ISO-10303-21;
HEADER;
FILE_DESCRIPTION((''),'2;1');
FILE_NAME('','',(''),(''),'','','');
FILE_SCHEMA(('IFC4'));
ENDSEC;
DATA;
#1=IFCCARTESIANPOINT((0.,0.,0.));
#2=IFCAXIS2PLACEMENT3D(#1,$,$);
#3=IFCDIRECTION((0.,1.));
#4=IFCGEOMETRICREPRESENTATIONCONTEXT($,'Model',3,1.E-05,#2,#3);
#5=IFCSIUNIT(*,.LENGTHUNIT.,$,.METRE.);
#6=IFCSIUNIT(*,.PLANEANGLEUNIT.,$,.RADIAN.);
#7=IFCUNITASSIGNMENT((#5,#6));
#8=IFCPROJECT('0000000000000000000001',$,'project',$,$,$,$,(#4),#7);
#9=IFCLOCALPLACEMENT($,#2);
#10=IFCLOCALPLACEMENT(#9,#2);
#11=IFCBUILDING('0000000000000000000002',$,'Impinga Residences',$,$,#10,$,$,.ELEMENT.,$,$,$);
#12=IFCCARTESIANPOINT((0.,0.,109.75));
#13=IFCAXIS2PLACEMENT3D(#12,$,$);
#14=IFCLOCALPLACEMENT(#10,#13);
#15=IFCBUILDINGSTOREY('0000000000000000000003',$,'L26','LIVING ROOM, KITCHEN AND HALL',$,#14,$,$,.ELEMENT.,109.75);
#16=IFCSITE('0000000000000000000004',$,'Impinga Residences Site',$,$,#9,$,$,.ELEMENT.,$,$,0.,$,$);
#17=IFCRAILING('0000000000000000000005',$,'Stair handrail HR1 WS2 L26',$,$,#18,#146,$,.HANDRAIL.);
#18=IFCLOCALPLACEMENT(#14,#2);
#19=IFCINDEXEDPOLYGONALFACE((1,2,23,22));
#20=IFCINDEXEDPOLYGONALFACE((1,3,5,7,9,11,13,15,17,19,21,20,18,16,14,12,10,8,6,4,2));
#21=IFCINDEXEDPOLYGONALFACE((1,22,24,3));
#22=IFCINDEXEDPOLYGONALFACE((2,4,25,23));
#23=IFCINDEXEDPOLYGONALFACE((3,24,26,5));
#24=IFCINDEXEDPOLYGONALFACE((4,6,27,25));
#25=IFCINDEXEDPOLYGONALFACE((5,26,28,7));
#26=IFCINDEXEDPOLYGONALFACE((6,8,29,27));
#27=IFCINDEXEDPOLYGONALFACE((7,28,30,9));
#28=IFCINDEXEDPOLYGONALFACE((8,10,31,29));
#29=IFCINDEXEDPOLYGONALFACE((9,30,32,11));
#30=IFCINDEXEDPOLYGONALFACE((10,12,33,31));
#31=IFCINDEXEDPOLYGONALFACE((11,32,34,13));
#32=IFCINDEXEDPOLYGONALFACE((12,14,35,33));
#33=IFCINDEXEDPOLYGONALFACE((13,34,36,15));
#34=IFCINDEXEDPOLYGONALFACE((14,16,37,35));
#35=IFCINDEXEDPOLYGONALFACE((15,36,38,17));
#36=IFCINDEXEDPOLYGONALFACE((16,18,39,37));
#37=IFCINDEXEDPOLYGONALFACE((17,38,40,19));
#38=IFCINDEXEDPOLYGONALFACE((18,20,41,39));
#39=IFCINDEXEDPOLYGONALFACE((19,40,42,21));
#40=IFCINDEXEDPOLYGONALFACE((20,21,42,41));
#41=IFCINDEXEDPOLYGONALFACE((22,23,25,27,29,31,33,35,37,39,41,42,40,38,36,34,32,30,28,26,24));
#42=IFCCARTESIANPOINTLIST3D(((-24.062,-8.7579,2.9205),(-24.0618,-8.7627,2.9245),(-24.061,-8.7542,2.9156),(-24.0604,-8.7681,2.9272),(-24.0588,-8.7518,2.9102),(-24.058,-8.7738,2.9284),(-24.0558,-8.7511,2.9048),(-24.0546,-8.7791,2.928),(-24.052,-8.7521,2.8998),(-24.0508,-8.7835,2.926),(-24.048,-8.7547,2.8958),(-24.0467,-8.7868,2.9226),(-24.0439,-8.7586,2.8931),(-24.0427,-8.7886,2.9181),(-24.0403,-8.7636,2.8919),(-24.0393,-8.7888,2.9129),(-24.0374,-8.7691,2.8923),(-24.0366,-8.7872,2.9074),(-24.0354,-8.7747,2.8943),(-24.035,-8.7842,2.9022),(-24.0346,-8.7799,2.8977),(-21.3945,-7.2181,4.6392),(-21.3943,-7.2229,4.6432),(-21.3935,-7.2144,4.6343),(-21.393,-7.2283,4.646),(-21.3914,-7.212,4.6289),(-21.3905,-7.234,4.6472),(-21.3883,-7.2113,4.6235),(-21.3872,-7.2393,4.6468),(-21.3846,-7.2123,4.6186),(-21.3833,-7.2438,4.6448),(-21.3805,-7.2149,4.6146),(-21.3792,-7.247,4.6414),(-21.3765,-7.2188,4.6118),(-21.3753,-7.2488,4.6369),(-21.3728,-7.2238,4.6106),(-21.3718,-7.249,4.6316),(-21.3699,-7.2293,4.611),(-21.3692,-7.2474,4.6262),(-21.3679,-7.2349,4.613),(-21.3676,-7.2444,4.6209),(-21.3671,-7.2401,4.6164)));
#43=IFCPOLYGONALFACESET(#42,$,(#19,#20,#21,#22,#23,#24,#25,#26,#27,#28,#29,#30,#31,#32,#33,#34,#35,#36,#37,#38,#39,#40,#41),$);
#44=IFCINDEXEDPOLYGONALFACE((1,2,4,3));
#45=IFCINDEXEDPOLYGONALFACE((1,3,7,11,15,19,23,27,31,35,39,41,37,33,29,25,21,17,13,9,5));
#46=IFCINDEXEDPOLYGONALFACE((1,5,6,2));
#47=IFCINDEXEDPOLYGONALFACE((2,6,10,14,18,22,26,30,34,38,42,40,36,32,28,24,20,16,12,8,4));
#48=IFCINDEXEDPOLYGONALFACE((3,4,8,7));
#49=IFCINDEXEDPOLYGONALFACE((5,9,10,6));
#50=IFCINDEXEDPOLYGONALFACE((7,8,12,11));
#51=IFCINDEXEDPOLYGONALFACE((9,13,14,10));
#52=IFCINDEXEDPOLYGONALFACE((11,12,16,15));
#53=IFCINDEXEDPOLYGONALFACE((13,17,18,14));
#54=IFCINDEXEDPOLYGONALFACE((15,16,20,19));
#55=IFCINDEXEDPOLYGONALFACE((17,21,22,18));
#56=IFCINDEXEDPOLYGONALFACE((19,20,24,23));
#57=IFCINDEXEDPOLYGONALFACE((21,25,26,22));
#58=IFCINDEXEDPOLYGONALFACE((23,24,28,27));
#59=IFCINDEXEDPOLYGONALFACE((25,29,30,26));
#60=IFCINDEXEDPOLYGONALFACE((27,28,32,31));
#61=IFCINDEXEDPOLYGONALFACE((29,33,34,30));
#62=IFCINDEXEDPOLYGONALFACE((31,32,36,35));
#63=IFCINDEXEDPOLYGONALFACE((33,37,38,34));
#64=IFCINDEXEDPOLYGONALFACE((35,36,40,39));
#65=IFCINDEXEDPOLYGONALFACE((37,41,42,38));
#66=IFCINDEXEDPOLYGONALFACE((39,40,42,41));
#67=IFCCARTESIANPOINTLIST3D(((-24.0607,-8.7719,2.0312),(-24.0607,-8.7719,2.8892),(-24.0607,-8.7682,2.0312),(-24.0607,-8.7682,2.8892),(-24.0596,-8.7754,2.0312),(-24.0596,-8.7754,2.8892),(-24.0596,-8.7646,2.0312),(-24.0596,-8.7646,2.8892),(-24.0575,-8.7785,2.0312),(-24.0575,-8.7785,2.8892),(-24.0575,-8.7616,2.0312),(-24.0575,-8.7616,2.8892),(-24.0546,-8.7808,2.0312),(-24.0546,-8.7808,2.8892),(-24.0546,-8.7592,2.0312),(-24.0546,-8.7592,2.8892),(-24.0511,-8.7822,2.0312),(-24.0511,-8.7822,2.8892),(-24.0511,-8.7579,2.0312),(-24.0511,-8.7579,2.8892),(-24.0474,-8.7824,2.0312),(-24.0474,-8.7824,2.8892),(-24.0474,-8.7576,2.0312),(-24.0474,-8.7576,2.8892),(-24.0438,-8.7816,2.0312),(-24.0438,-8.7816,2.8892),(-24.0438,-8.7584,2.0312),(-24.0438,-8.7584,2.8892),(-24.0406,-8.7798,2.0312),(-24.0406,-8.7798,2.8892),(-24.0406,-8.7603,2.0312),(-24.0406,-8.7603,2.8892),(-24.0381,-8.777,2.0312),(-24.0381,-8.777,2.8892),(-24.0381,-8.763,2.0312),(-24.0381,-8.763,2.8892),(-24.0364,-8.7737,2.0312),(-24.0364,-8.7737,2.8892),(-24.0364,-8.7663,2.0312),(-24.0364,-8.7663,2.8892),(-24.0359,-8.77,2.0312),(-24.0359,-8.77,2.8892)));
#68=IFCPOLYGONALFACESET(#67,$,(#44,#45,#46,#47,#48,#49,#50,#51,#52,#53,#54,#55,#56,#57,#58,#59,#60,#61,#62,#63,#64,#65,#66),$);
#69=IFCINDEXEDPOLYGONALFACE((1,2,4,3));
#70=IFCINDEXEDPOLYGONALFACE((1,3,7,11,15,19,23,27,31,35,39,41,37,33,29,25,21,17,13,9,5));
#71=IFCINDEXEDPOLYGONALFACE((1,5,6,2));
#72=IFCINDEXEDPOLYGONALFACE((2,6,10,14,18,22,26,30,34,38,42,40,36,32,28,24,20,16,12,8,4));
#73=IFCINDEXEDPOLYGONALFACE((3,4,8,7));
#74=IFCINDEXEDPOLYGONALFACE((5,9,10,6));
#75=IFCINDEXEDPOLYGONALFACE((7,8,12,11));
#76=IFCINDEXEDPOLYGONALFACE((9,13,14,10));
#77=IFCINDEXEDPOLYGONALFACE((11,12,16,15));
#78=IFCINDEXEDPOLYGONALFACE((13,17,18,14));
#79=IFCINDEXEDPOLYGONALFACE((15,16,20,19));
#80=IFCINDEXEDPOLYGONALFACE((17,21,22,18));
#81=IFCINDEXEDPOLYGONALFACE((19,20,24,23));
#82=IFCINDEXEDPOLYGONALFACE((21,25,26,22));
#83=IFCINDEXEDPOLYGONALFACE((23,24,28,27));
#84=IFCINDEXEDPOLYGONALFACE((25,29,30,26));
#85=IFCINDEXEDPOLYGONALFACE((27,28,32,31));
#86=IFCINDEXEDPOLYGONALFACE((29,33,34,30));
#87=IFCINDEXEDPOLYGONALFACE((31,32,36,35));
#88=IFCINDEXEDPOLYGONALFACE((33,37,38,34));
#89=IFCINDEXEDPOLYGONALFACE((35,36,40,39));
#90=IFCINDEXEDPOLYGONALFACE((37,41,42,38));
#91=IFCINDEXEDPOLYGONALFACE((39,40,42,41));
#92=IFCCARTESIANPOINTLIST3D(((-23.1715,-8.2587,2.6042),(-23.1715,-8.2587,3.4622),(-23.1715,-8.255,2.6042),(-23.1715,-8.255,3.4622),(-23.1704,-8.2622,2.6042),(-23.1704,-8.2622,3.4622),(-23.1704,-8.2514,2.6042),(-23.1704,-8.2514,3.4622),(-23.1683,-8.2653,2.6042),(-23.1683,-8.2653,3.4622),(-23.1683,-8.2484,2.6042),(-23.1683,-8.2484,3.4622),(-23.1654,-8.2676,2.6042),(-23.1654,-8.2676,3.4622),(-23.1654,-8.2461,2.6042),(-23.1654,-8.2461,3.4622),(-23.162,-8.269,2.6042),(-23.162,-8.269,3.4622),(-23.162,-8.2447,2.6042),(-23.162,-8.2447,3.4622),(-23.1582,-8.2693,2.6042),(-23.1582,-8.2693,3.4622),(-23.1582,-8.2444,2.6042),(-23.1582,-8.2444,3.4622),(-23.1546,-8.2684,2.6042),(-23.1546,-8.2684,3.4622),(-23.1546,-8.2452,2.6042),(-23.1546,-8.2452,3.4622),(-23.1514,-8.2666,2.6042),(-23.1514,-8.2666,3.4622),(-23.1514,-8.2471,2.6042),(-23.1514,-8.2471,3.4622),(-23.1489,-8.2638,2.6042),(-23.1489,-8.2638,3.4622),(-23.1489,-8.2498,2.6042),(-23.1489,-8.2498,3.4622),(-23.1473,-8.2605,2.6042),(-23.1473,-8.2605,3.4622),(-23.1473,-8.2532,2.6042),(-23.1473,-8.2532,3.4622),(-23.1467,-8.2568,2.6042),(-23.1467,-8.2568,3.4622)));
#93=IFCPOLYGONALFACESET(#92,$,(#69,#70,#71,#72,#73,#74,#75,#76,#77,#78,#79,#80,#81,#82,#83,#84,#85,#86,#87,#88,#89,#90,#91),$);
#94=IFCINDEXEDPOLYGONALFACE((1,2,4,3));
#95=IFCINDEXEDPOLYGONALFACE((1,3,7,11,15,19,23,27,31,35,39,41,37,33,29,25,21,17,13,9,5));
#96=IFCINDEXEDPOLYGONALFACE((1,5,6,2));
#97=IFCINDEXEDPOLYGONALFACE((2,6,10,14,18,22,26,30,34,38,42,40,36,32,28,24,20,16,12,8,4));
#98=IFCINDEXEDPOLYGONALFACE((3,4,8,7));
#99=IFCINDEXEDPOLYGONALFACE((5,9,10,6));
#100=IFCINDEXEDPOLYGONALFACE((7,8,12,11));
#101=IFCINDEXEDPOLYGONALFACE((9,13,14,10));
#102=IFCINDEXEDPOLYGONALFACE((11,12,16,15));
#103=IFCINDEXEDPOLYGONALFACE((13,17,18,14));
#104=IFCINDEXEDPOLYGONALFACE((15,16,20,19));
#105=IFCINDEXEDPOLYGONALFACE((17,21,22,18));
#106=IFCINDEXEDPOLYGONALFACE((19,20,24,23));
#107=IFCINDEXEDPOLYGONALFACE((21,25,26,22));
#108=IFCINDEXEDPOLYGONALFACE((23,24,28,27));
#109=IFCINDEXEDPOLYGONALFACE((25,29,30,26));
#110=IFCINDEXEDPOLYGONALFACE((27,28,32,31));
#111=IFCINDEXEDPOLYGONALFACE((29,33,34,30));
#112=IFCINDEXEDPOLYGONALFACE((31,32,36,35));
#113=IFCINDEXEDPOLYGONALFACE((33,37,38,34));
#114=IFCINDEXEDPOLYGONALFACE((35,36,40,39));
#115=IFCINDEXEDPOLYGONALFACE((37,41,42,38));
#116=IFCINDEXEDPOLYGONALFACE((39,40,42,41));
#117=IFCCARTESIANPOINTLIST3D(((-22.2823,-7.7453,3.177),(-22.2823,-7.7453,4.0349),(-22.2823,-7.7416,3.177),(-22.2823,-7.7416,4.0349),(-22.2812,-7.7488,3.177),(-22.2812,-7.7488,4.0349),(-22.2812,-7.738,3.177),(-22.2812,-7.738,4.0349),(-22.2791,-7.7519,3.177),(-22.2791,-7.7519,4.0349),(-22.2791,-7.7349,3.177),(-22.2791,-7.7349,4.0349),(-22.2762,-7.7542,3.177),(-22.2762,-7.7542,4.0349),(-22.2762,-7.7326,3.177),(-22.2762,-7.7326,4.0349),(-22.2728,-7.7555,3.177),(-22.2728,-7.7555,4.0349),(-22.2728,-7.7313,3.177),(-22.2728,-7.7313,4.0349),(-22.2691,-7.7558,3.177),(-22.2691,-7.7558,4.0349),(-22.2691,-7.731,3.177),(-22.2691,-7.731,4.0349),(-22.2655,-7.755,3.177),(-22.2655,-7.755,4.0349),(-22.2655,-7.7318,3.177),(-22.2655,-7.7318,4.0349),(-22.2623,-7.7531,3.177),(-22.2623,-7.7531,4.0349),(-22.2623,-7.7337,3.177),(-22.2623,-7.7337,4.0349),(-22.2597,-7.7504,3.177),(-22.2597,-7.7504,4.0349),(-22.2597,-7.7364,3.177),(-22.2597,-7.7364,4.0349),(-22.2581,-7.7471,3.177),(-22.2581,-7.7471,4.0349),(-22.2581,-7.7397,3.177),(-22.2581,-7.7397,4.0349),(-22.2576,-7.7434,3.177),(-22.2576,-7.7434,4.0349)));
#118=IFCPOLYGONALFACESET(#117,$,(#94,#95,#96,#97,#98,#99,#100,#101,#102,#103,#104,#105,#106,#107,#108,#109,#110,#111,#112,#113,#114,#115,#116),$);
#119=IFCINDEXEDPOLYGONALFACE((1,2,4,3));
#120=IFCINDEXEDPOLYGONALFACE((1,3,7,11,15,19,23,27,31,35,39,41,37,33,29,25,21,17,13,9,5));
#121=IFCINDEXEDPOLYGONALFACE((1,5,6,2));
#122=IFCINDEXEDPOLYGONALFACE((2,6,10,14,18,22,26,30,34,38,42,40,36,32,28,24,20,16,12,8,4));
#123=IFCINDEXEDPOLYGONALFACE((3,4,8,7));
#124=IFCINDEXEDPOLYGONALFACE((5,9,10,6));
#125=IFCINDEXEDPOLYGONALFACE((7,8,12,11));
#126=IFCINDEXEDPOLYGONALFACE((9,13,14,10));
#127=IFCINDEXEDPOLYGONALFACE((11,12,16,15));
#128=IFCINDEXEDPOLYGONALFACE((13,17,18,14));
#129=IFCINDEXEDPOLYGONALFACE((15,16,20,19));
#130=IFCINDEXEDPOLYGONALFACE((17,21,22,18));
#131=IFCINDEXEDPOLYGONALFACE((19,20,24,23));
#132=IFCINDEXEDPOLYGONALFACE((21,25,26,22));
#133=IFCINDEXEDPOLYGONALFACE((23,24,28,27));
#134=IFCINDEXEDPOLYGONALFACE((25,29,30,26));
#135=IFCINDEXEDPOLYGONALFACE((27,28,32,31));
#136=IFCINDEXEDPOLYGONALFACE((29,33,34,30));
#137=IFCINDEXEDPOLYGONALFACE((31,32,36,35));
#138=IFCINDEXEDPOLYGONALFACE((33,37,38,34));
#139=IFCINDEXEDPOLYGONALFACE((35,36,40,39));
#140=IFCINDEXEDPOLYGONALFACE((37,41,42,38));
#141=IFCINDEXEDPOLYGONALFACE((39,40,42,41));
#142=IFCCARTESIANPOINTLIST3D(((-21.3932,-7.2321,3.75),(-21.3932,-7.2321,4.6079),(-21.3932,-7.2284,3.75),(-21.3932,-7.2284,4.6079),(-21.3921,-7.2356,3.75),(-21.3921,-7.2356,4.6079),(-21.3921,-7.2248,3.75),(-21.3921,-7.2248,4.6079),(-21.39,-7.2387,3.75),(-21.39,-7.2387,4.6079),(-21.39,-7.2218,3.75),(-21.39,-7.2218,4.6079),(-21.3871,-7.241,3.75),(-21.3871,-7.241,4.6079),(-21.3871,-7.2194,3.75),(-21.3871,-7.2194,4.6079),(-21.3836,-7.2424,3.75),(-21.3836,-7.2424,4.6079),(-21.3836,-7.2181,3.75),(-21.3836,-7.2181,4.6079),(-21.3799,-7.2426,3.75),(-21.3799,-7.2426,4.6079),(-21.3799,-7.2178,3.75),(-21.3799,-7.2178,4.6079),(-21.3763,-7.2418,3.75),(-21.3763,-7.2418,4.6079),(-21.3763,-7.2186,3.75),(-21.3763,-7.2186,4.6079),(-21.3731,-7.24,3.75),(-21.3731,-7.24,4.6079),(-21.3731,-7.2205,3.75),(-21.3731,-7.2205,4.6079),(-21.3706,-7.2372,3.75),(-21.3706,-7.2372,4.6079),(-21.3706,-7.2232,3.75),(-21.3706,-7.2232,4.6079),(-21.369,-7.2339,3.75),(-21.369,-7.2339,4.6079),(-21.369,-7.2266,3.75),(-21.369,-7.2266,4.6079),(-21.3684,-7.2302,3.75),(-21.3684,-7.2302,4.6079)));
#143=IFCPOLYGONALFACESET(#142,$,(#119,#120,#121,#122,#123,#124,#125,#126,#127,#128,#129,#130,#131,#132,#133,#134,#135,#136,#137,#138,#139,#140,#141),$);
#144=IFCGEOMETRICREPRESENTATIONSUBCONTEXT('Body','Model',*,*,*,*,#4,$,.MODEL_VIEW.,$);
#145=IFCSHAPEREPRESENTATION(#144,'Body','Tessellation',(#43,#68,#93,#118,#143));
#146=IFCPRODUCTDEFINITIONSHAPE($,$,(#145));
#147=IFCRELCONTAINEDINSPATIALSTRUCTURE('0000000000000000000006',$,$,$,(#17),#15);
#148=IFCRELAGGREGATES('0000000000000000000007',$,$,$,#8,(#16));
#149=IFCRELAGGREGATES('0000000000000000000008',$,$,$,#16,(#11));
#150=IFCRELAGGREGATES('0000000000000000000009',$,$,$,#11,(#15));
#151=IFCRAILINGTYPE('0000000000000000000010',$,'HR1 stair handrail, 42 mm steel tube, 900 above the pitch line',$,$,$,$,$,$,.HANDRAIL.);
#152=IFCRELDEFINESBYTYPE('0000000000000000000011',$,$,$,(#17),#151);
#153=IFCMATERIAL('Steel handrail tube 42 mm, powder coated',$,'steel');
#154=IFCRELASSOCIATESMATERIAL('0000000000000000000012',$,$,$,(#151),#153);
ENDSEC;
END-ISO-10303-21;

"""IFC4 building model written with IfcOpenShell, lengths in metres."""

from ifc_helpers import new_model, si_unit, direction, frame, origin, origin_2d, place, context, subcontext, project, spatial, circle, extrude, material, type_object, element, save


model = new_model("IFC4")

# Units and contexts
model_context = context("Model", 3, precision=1e-05, world=origin(), true_north=direction((0.0, 1.0)))
body_context = subcontext(model_context, "Body", "Model", "MODEL_VIEW")
ifc_project = project(units=[si_unit("LENGTHUNIT", "METRE"), si_unit("PLANEANGLEUNIT", "RADIAN")], contexts=[model_context])

# Site, building, storey
site_placement = place(None, origin())
site = spatial("IfcSite", under=ifc_project, at=site_placement, Name="Impinga Residences Site", CompositionType="ELEMENT", RefElevation=0.0)
building_placement = place(site_placement, origin())
building = spatial("IfcBuilding", under=site, at=building_placement, Name="Impinga Residences", CompositionType="ELEMENT")
storey_placement = place(building_placement, frame((0.0, 0.0, 109.75)))
storey = spatial("IfcBuildingStorey", under=building, at=storey_placement, Name="L26", Description="LIVING ROOM, KITCHEN AND HALL", CompositionType="ELEMENT", Elevation=109.75)

# Railing
ifc_material_1 = material(Name="Steel handrail tube 42 mm, powder coated", Category="steel")
railing_type_1 = type_object("IfcRailingType", Name="HR1 stair handrail, 42 mm steel tube, 900 above the pitch line", PredefinedType="HANDRAIL", material=ifc_material_1)
railing_1_placement = place(storey_placement, frame((-24.0483, -8.77, 2.0312)))
element("IfcRailing", 1, at=railing_1_placement, inside=storey, type_object=railing_type_1, Name="Stair handrail HR1 WS2 L26", PredefinedType="HANDRAIL", context=body_context, shape_type="SweptSolid", body=[
    extrude(circle(Radius=0.021, at=origin_2d()), frame((0.0, 0.0, 0.8789), z_axis=(0.756279, 0.43656, 0.487297), x_axis=(-0.499933, 0.866064, 0.0)), (0.0, 0.0, 1.0), 3.5271),
    extrude(circle(Radius=0.0125, at=origin_2d()), origin(), (0.0, 0.0, 1.0), 0.8579),
    extrude(circle(Radius=0.0125, at=origin_2d()), frame((0.8892, 0.5132, 0.573)), (0.0, 0.0, 1.0), 0.8579),
    extrude(circle(Radius=0.0125, at=origin_2d()), frame((1.7783, 1.0266, 1.1458)), (0.0, 0.0, 1.0), 0.8579),
    extrude(circle(Radius=0.0125, at=origin_2d()), frame((2.6675, 1.5398, 1.7188)), (0.0, 0.0, 1.0), 0.8579),
])

save(model, "model.ifc")
